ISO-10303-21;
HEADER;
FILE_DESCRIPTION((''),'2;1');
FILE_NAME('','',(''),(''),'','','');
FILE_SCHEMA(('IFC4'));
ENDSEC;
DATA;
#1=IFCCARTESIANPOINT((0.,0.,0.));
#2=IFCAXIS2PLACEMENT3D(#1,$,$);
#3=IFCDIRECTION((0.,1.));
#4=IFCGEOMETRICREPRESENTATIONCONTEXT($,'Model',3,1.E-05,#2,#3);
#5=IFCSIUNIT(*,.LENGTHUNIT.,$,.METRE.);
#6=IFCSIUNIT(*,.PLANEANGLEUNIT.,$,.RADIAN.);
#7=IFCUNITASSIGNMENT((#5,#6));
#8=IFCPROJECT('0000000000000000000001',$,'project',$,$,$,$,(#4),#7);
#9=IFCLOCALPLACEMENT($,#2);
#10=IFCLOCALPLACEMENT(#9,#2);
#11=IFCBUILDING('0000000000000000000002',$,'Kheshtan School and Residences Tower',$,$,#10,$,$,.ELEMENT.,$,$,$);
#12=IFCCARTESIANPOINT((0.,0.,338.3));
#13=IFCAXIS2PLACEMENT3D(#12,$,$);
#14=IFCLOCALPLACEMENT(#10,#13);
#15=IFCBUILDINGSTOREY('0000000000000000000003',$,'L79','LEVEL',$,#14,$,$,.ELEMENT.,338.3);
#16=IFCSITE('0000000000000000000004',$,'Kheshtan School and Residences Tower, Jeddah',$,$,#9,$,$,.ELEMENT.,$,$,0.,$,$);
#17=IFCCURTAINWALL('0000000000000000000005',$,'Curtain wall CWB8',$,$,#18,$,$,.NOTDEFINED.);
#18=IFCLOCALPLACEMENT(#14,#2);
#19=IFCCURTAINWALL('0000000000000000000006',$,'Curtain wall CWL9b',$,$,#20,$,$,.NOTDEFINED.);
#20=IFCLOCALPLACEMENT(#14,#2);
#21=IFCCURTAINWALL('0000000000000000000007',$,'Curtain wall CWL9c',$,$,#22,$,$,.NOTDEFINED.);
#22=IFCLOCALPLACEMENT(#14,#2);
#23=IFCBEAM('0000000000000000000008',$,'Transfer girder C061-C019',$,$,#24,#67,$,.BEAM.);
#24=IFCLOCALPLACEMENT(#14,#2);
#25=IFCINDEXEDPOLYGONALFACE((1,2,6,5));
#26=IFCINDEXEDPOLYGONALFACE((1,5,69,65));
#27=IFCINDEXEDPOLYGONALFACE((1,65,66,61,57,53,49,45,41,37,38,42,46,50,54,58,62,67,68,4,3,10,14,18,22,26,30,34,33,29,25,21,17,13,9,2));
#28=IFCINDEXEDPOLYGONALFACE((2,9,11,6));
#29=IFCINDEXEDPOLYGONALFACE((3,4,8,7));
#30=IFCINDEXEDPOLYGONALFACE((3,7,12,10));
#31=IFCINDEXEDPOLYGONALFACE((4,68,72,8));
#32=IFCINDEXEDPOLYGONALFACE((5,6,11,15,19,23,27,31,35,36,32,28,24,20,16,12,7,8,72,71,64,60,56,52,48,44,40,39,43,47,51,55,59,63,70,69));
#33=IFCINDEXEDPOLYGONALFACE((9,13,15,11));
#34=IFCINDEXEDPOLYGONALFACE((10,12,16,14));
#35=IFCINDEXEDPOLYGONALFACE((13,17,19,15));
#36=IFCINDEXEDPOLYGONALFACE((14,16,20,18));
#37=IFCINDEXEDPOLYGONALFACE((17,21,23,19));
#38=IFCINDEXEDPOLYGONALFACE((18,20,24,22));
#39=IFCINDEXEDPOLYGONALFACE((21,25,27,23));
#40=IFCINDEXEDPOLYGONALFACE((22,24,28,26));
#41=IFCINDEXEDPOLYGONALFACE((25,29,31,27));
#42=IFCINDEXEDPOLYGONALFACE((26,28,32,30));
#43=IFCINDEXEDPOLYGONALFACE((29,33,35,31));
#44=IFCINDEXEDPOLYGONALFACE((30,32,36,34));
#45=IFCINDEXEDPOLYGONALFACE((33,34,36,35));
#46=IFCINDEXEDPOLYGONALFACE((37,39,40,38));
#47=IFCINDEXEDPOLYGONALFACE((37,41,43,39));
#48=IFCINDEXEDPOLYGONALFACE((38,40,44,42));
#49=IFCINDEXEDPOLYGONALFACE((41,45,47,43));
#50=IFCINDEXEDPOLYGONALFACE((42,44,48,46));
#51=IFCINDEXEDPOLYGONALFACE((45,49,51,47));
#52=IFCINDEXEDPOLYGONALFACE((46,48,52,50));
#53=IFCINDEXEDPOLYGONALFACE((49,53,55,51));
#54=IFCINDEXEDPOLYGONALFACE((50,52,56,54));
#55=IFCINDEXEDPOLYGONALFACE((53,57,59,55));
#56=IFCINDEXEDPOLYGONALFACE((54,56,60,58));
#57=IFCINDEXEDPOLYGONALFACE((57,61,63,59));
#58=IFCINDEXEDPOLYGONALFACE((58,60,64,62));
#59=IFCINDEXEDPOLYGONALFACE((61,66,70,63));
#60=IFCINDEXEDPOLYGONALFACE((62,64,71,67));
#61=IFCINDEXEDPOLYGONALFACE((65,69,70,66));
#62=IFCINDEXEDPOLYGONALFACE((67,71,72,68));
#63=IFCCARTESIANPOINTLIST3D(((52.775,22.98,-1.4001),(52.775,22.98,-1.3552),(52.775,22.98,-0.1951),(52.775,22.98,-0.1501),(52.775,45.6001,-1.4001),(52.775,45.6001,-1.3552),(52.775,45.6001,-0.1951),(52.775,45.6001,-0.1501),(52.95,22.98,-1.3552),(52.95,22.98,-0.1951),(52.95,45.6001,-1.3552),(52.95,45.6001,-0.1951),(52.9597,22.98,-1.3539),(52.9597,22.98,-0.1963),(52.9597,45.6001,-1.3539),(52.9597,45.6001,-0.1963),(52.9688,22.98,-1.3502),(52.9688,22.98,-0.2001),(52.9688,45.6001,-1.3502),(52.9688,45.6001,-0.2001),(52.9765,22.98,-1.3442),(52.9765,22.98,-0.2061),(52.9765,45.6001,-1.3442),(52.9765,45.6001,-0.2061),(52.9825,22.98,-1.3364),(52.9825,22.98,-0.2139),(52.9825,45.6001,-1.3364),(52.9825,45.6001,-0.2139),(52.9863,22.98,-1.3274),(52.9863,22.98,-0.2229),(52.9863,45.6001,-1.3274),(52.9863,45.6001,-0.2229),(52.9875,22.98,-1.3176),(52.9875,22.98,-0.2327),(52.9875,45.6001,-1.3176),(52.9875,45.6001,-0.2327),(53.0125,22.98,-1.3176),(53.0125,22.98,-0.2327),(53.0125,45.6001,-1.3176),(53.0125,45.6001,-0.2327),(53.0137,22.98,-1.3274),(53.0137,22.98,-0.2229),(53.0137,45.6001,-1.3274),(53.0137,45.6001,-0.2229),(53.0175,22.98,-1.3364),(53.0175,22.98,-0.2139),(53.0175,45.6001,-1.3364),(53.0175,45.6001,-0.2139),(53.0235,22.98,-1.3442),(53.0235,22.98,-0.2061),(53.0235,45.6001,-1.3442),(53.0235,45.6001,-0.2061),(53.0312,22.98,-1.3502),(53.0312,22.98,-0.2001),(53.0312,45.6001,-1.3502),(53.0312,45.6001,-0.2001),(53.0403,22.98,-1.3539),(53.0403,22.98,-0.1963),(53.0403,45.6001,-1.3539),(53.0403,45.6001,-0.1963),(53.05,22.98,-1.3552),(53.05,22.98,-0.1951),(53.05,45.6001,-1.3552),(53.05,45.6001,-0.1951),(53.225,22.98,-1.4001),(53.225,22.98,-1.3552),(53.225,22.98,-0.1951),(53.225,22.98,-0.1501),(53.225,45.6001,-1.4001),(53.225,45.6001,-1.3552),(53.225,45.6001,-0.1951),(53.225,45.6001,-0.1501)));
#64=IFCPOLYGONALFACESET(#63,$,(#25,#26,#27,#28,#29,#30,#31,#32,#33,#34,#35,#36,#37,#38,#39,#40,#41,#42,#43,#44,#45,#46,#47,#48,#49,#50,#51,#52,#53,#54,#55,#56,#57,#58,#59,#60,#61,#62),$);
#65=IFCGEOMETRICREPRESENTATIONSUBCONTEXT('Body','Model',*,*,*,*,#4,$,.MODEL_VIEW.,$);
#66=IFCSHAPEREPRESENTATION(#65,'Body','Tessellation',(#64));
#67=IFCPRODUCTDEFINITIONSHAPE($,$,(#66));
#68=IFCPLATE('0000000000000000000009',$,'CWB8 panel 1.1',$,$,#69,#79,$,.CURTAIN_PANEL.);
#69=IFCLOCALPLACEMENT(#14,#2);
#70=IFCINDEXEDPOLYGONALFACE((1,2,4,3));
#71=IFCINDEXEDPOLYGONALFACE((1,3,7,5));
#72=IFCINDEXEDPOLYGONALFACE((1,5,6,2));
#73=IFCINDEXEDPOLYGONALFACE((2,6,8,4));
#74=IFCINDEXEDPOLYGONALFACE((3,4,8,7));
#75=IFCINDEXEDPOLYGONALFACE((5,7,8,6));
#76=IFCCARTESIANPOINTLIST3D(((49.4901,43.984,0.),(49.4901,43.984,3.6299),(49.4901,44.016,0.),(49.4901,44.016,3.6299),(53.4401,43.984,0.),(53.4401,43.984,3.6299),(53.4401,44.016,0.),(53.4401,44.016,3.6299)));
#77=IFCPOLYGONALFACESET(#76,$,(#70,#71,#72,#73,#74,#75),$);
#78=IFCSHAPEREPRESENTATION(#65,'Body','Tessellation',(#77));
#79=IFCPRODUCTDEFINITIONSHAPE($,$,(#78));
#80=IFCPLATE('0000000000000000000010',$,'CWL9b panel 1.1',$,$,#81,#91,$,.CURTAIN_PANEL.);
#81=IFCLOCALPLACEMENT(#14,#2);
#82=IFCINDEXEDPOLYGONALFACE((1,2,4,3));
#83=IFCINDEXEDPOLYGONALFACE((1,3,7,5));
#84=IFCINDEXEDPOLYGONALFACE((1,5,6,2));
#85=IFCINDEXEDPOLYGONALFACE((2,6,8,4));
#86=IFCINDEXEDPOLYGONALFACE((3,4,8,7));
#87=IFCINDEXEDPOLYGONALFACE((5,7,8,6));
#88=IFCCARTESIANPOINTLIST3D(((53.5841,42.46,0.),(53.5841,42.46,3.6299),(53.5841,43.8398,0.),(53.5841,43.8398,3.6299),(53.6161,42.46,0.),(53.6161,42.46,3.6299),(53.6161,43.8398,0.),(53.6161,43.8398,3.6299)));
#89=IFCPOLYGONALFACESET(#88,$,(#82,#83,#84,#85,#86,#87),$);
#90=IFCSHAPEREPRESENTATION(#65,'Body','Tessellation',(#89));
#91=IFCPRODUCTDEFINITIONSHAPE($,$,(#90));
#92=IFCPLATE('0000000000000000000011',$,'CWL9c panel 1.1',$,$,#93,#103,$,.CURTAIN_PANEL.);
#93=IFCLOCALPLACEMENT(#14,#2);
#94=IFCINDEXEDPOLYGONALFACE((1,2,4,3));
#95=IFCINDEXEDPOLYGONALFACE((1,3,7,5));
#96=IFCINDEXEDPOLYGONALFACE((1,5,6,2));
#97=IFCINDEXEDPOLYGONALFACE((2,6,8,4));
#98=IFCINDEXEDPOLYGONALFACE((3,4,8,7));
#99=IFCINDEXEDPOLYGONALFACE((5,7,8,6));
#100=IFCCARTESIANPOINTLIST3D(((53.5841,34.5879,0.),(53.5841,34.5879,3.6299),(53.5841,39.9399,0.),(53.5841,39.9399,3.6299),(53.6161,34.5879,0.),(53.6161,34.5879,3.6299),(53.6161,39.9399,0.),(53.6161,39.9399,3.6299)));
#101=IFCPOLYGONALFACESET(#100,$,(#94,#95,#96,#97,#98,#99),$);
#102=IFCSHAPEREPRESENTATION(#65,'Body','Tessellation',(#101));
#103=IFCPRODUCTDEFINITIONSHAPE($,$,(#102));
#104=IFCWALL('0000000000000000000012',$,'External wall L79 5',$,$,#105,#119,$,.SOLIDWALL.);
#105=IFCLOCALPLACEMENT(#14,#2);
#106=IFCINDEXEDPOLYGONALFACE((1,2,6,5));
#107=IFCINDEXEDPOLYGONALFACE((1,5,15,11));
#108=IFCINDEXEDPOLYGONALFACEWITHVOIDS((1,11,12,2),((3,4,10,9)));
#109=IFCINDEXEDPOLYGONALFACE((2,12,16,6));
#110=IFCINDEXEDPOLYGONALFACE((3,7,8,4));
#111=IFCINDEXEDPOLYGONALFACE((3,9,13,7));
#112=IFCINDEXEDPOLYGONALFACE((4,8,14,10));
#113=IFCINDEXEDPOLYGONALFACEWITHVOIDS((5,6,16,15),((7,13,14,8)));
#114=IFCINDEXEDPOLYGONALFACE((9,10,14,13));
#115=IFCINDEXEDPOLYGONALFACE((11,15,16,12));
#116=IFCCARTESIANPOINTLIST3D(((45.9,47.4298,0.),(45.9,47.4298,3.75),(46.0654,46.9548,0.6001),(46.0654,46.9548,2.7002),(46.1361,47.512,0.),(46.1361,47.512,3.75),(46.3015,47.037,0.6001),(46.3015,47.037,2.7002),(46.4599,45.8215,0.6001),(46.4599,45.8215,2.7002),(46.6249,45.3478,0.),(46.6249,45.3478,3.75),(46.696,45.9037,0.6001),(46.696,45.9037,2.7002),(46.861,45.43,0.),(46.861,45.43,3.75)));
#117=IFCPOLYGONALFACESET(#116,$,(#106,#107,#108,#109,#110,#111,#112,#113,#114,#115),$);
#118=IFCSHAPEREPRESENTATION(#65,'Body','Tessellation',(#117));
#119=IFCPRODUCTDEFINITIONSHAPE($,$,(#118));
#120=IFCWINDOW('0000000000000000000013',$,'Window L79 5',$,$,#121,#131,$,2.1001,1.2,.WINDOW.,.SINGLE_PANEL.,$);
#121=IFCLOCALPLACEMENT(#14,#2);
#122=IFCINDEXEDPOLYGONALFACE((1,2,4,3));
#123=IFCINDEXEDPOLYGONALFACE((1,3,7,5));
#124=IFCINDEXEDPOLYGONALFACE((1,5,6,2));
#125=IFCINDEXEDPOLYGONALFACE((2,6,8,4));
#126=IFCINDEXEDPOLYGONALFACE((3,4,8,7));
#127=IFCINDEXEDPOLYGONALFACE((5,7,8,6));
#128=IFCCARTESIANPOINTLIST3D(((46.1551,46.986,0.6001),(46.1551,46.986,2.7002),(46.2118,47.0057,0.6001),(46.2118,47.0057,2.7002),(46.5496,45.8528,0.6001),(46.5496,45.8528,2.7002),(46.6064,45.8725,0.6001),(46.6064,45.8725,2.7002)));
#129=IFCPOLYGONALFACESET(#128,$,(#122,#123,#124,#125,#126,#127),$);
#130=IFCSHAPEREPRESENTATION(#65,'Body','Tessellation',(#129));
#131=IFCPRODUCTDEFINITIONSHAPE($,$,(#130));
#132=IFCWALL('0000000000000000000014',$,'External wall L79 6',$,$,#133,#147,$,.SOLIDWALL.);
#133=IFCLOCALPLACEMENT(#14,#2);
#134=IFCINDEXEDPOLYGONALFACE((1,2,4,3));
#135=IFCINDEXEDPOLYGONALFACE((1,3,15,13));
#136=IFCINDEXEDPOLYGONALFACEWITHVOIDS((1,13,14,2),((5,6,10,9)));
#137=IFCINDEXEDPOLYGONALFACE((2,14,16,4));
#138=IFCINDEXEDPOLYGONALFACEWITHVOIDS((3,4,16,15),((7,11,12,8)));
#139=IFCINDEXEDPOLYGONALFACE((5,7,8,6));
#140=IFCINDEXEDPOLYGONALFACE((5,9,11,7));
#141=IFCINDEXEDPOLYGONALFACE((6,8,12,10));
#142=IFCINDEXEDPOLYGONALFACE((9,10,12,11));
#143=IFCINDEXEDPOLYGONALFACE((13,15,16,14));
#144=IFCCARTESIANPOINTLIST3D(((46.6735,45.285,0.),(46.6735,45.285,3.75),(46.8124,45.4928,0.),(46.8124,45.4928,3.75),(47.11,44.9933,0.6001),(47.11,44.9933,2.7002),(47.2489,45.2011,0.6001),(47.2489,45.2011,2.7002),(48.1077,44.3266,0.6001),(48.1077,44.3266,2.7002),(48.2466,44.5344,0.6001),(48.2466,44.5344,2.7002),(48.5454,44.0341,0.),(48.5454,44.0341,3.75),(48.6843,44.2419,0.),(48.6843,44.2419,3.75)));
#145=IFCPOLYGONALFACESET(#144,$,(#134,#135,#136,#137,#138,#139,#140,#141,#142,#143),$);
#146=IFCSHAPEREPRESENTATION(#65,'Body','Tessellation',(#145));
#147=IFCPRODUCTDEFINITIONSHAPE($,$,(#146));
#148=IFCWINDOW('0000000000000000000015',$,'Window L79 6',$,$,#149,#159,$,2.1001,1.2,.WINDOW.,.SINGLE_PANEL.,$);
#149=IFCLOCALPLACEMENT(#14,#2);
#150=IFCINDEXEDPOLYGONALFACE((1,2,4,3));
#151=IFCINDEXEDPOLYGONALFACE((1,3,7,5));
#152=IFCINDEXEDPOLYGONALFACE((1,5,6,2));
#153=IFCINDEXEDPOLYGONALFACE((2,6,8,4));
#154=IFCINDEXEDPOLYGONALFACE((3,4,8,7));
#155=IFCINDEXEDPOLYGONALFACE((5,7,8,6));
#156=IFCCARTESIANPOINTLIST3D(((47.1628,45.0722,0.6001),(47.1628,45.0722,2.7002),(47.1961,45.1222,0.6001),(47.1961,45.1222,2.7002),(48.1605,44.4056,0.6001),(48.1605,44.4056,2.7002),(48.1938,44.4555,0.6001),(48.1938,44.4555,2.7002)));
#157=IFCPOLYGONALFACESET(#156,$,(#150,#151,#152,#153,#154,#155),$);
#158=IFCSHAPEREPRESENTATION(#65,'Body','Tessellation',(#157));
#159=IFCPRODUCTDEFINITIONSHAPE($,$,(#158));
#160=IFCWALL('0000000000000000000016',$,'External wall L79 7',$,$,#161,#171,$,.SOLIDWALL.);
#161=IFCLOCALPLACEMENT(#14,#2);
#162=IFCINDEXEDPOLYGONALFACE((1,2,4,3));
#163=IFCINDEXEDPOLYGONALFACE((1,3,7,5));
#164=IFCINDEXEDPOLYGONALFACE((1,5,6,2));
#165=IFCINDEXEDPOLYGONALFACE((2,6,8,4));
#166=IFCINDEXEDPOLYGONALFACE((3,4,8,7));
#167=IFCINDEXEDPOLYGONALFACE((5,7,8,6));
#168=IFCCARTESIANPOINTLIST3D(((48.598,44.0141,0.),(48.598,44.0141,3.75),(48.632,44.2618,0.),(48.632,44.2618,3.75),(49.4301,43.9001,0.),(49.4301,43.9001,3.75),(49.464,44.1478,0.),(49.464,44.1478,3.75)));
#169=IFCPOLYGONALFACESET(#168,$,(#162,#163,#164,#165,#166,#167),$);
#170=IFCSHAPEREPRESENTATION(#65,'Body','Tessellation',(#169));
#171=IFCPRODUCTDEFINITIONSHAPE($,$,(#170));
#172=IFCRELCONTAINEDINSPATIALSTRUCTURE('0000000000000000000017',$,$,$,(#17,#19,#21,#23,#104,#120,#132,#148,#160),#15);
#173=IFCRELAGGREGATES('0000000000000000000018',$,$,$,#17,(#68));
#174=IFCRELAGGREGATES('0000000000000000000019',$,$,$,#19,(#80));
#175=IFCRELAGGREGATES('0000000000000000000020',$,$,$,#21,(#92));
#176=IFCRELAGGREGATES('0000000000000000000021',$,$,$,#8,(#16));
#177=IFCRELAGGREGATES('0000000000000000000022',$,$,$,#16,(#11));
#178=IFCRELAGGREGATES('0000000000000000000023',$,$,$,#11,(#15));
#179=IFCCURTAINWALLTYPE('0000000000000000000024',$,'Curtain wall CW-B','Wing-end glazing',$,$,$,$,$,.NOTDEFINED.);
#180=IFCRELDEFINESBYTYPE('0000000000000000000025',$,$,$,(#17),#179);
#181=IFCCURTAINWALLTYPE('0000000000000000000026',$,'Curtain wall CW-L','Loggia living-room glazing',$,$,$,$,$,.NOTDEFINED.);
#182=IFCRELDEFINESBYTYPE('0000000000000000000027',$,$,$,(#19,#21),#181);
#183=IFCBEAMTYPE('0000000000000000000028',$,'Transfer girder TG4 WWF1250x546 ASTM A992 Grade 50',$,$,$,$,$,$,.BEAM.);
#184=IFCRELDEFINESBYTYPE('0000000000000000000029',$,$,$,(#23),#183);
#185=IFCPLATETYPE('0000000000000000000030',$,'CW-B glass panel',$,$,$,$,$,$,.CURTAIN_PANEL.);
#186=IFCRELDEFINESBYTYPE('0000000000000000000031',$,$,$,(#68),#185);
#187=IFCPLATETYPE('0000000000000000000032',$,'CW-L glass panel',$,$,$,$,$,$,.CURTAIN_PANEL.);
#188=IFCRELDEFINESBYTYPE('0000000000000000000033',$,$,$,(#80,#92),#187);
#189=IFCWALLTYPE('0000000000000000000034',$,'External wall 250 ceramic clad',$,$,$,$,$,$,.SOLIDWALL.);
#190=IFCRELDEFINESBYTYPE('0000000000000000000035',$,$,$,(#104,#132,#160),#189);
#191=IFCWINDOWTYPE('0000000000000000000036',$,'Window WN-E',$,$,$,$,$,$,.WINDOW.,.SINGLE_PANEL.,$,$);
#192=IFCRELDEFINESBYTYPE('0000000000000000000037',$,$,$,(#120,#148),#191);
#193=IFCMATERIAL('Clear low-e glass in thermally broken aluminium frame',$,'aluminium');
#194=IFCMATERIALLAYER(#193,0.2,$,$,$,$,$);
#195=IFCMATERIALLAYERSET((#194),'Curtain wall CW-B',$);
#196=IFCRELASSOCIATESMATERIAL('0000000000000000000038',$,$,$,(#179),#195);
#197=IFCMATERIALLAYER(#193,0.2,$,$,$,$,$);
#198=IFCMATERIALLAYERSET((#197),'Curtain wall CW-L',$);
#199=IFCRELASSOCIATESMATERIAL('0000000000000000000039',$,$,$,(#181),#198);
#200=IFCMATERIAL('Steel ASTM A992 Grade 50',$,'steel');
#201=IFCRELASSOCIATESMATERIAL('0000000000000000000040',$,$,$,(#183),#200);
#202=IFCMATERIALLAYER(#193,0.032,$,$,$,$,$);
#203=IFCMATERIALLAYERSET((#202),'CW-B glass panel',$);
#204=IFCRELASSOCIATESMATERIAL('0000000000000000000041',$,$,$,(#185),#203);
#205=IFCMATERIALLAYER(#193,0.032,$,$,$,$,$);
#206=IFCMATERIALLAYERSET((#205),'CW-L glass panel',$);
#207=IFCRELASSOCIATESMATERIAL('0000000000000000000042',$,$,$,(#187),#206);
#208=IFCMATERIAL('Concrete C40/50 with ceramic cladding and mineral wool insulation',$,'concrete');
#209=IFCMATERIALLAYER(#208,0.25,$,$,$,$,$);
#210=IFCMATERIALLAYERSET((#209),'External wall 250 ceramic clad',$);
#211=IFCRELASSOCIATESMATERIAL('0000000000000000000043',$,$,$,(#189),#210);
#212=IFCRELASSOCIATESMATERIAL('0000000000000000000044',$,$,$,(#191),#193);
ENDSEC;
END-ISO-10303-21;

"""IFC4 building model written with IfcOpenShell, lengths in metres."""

from ifc_helpers import new_model, si_unit, direction, frame, frame_2d, origin, origin_2d, place, context, subcontext, project, spatial, rectangle, i_section, extrude, source, transform, mapped, material, layer, layer_set, material_profile, profile_set, type_object, element, fill, aggregate, save


model = new_model("IFC4")

# Units and contexts
model_context = context("Model", 3, precision=1e-05, world=origin(), true_north=direction((0.0, 1.0)))
body_context = subcontext(model_context, "Body", "Model", "MODEL_VIEW")
ifc_project = project(units=[si_unit("LENGTHUNIT", "METRE"), si_unit("PLANEANGLEUNIT", "RADIAN")], contexts=[model_context])

# Site, building, storey
site_placement = place(None, origin())
site = spatial("IfcSite", under=ifc_project, at=site_placement, Name="Kheshtan School and Residences Tower, Jeddah", CompositionType="ELEMENT", RefElevation=0.0)
building_placement = place(site_placement, origin())
building = spatial("IfcBuilding", under=site, at=building_placement, Name="Kheshtan School and Residences Tower", CompositionType="ELEMENT")
storey_placement = place(building_placement, frame((0.0, 0.0, 338.3)))
storey = spatial("IfcBuildingStorey", under=building, at=storey_placement, Name="L79", Description="LEVEL", CompositionType="ELEMENT", Elevation=338.3)

# Shared definitions
ifc_material_1 = material(Name="Steel ASTM A992 Grade 50", Category="steel")

# Curtain wall
ifc_material_2 = material(Name="Clear low-e glass in thermally broken aluminium frame", Category="aluminium")
ifc_layer_1 = layer(ifc_material_2, 0.2)
ifc_layer_set_1 = layer_set([ifc_layer_1], Name="Curtain wall CW-B")
curtain_wall_type_1 = type_object("IfcCurtainWallType", Name="Curtain wall CW-B", Description="Wing-end glazing", PredefinedType="NOTDEFINED", material=ifc_layer_set_1)
curtain_wall_1_placement = place(storey_placement, origin())
curtain_wall_1 = element("IfcCurtainWall", 1, at=curtain_wall_1_placement, inside=storey, type_object=curtain_wall_type_1, Name="Curtain wall CWB8", PredefinedType="NOTDEFINED")

# Shared definitions
ifc_layer_2 = layer(ifc_material_2, 0.2)
ifc_layer_set_2 = layer_set([ifc_layer_2], Name="Curtain wall CW-L")
curtain_wall_type_2 = type_object("IfcCurtainWallType", Name="Curtain wall CW-L", Description="Loggia living-room glazing", PredefinedType="NOTDEFINED", material=ifc_layer_set_2)

# Curtain wall
curtain_wall_2_placement = place(storey_placement, origin())
curtain_wall_2 = element("IfcCurtainWall", 2, at=curtain_wall_2_placement, inside=storey, type_object=curtain_wall_type_2, Name="Curtain wall CWL9b", PredefinedType="NOTDEFINED")

# Curtain wall
curtain_wall_3_placement = place(storey_placement, origin())
curtain_wall_3 = element("IfcCurtainWall", 3, at=curtain_wall_3_placement, inside=storey, type_object=curtain_wall_type_2, Name="Curtain wall CWL9c", PredefinedType="NOTDEFINED")

# Beam
ifc_material_profile_1 = material_profile(ifc_material_1, i_section(OverallWidth=0.45, OverallDepth=1.25, WebThickness=0.0249, FlangeThickness=0.0449, FilletRadius=0.0376, at=origin_2d()), Name="WWF1250x546")
ifc_profile_set_1 = profile_set([ifc_material_profile_1], Name="Steel ASTM A992 Grade 50")
beam_type_1 = type_object("IfcBeamType", Name="Transfer girder TG4 WWF1250x546 ASTM A992 Grade 50", PredefinedType="BEAM", material=ifc_profile_set_1)
beam_1_placement = place(storey_placement, frame((53.0, 45.6001, -0.7751), z_axis=(0.0, -1.0, 0.0), x_axis=(1.0, 0.0, 0.0)))
element("IfcBeam", 4, at=beam_1_placement, inside=storey, type_object=beam_type_1, Name="Transfer girder C061-C019", PredefinedType="BEAM", context=body_context, shape_type="SweptSolid", body=[
    extrude(i_section(OverallWidth=0.45, OverallDepth=1.25, WebThickness=0.0249, FlangeThickness=0.0449, FilletRadius=0.0376, at=origin_2d()), origin(), (0.0, 0.0, 1.0), 22.6201),
])

# Plates
ifc_layer_3 = layer(ifc_material_2, 0.032)
ifc_layer_set_3 = layer_set([ifc_layer_3], Name="CW-B glass panel")
plate_type_1 = type_object("IfcPlateType", Name="CW-B glass panel", PredefinedType="CURTAIN_PANEL", material=ifc_layer_set_3)
plate_1_placement = place(storey_placement, frame((51.4651, 44.0, 0.0), z_axis=(0.0, 0.0, 1.0), x_axis=(1.0, 0.0, 0.0)))
plate_1 = element("IfcPlate", 5, at=plate_1_placement, type_object=plate_type_1, Name="CWB8 panel 1.1", PredefinedType="CURTAIN_PANEL", context=body_context, shape_type="SweptSolid", body=[
    extrude(rectangle(XDim=3.95, YDim=0.032, at=origin_2d()), origin(), (0.0, 0.0, 1.0), 3.6299),
])
aggregate(curtain_wall_1, [plate_1])
ifc_layer_4 = layer(ifc_material_2, 0.032)
ifc_layer_set_4 = layer_set([ifc_layer_4], Name="CW-L glass panel")
plate_type_2 = type_object("IfcPlateType", Name="CW-L glass panel", PredefinedType="CURTAIN_PANEL", material=ifc_layer_set_4)
plate_2_placement = place(storey_placement, frame((53.6001, 43.1499, 0.0), z_axis=(0.0, 0.0, 1.0), x_axis=(0.0, -1.0, 0.0)))
plate_2 = element("IfcPlate", 6, at=plate_2_placement, type_object=plate_type_2, Name="CWL9b panel 1.1", PredefinedType="CURTAIN_PANEL", context=body_context, shape_type="SweptSolid", body=[
    extrude(rectangle(XDim=1.3799, YDim=0.032, at=origin_2d()), origin(), (0.0, 0.0, 1.0), 3.6299),
])
aggregate(curtain_wall_2, [plate_2])
plate_3_placement = place(storey_placement, frame((53.6001, 37.2639, 0.0), z_axis=(0.0, 0.0, 1.0), x_axis=(0.0, -1.0, 0.0)))
plate_3 = element("IfcPlate", 7, at=plate_3_placement, type_object=plate_type_2, Name="CWL9c panel 1.1", PredefinedType="CURTAIN_PANEL", context=body_context, shape_type="SweptSolid", body=[
    extrude(rectangle(XDim=5.3521, YDim=0.032, at=origin_2d()), origin(), (0.0, 0.0, 1.0), 3.6299),
])
aggregate(curtain_wall_3, [plate_3])

# Walls, openings, windows
ifc_material_3 = material(Name="Concrete C40/50 with ceramic cladding and mineral wool insulation", Category="concrete")
ifc_layer_5 = layer(ifc_material_3, 0.25)
ifc_layer_set_5 = layer_set([ifc_layer_5], Name="External wall 250 ceramic clad")
wall_type_1 = type_object("IfcWallType", Name="External wall 250 ceramic clad", PredefinedType="SOLIDWALL", material=ifc_layer_set_5)
wall_1_placement = place(storey_placement, frame((46.0181, 47.4709, 0.0), z_axis=(0.0, 0.0, 1.0), x_axis=(0.328791, -0.944403, 0.0)))
wall_1 = element("IfcWall", 8, at=wall_1_placement, inside=storey, type_object=wall_type_1, Name="External wall L79 5", PredefinedType="SOLIDWALL", context=body_context, shape_type="SweptSolid", body=[
    extrude(rectangle(XDim=2.2046, YDim=0.25, at=frame_2d((1.1023, 0.0))), origin(), (0.0, 0.0, 1.0), 3.75),
])
opening_1_placement = place(wall_1_placement, frame((0.5029, 0.0, 0.6001)))
opening_1 = element("IfcOpeningElement", 9, at=opening_1_placement, cuts=wall_1, PredefinedType="OPENING", context=body_context, shape_type="SweptSolid", body=[
    extrude(rectangle(XDim=1.2, YDim=2.1001, at=frame_2d((0.6001, 1.05))), frame((0.0, 0.135, 0.0), z_axis=(0.0, -1.0, 0.0), x_axis=(1.0, 0.0, 0.0)), (0.0, 0.0, 1.0), 0.27),
])
window_type = type_object("IfcWindowType", Name="Window WN-E", PartitioningType="SINGLE_PANEL", PredefinedType="WINDOW", material=ifc_material_2)
shared_shape_1 = source(origin(), body_context, "Body", "SweptSolid", [
    extrude(rectangle(XDim=1.2, YDim=2.1001, at=frame_2d((0.6001, 1.05))), frame((0.0, 0.03, 0.0), z_axis=(0.0, -1.0, 0.0), x_axis=(1.0, 0.0, 0.0)), (0.0, 0.0, 1.0), 0.0601),
])
window_1_placement = place(opening_1_placement, origin())
window_1 = element("IfcWindow", 10, at=window_1_placement, inside=storey, type_object=window_type, Name="Window L79 5", OverallHeight=2.1001, OverallWidth=1.2, PartitioningType="SINGLE_PANEL", PredefinedType="WINDOW", context=body_context, shape_type="MappedRepresentation", body=[
    mapped(shared_shape_1, transform((0.0, 0.0, 0.0), x_axis=(1.0, 0.0, 0.0), y_axis=(0.0, 1.0, 0.0), z_axis=(0.0, 0.0, 1.0), scale=1.0)),
])
fill(opening_1, window_1)
wall_2_placement = place(storey_placement, frame((46.7429, 45.3889, 0.0), z_axis=(0.0, 0.0, 1.0), x_axis=(0.831449, -0.555601, 0.0)))
wall_2 = element("IfcWall", 11, at=wall_2_placement, inside=storey, type_object=wall_type_1, Name="External wall L79 6", PredefinedType="SOLIDWALL", context=body_context, shape_type="SweptSolid", body=[
    extrude(rectangle(XDim=2.2515, YDim=0.25, at=frame_2d((1.1257, 0.0))), origin(), (0.0, 0.0, 1.0), 3.75),
])
opening_2_placement = place(wall_2_placement, frame((0.5249, 0.0, 0.6001)))
opening_2 = element("IfcOpeningElement", 12, at=opening_2_placement, cuts=wall_2, PredefinedType="OPENING", context=body_context, shape_type="SweptSolid", body=[
    extrude(rectangle(XDim=1.2, YDim=2.1001, at=frame_2d((0.6001, 1.05))), frame((0.0, 0.135, 0.0), z_axis=(0.0, -1.0, 0.0), x_axis=(1.0, 0.0, 0.0)), (0.0, 0.0, 1.0), 0.27),
])
window_2_placement = place(opening_2_placement, origin())
window_2 = element("IfcWindow", 13, at=window_2_placement, inside=storey, type_object=window_type, Name="Window L79 6", OverallHeight=2.1001, OverallWidth=1.2, PartitioningType="SINGLE_PANEL", PredefinedType="WINDOW", context=body_context, shape_type="MappedRepresentation", body=[
    mapped(shared_shape_1, transform((0.0, 0.0, 0.0), x_axis=(1.0, 0.0, 0.0), y_axis=(0.0, 1.0, 0.0), z_axis=(0.0, 0.0, 1.0), scale=1.0)),
])
fill(opening_2, window_2)

# Wall
wall_3_placement = place(storey_placement, frame((48.615, 44.1379, 0.0), z_axis=(0.0, 0.0, 1.0), x_axis=(0.990742, -0.135762, 0.0)))
element("IfcWall", 14, at=wall_3_placement, inside=storey, type_object=wall_type_1, Name="External wall L79 7", PredefinedType="SOLIDWALL", context=body_context, shape_type="SweptSolid", body=[
    extrude(rectangle(XDim=0.8398, YDim=0.25, at=frame_2d((0.4199, 0.0))), origin(), (0.0, 0.0, 1.0), 3.75),
])

save(model, "model.ifc")
